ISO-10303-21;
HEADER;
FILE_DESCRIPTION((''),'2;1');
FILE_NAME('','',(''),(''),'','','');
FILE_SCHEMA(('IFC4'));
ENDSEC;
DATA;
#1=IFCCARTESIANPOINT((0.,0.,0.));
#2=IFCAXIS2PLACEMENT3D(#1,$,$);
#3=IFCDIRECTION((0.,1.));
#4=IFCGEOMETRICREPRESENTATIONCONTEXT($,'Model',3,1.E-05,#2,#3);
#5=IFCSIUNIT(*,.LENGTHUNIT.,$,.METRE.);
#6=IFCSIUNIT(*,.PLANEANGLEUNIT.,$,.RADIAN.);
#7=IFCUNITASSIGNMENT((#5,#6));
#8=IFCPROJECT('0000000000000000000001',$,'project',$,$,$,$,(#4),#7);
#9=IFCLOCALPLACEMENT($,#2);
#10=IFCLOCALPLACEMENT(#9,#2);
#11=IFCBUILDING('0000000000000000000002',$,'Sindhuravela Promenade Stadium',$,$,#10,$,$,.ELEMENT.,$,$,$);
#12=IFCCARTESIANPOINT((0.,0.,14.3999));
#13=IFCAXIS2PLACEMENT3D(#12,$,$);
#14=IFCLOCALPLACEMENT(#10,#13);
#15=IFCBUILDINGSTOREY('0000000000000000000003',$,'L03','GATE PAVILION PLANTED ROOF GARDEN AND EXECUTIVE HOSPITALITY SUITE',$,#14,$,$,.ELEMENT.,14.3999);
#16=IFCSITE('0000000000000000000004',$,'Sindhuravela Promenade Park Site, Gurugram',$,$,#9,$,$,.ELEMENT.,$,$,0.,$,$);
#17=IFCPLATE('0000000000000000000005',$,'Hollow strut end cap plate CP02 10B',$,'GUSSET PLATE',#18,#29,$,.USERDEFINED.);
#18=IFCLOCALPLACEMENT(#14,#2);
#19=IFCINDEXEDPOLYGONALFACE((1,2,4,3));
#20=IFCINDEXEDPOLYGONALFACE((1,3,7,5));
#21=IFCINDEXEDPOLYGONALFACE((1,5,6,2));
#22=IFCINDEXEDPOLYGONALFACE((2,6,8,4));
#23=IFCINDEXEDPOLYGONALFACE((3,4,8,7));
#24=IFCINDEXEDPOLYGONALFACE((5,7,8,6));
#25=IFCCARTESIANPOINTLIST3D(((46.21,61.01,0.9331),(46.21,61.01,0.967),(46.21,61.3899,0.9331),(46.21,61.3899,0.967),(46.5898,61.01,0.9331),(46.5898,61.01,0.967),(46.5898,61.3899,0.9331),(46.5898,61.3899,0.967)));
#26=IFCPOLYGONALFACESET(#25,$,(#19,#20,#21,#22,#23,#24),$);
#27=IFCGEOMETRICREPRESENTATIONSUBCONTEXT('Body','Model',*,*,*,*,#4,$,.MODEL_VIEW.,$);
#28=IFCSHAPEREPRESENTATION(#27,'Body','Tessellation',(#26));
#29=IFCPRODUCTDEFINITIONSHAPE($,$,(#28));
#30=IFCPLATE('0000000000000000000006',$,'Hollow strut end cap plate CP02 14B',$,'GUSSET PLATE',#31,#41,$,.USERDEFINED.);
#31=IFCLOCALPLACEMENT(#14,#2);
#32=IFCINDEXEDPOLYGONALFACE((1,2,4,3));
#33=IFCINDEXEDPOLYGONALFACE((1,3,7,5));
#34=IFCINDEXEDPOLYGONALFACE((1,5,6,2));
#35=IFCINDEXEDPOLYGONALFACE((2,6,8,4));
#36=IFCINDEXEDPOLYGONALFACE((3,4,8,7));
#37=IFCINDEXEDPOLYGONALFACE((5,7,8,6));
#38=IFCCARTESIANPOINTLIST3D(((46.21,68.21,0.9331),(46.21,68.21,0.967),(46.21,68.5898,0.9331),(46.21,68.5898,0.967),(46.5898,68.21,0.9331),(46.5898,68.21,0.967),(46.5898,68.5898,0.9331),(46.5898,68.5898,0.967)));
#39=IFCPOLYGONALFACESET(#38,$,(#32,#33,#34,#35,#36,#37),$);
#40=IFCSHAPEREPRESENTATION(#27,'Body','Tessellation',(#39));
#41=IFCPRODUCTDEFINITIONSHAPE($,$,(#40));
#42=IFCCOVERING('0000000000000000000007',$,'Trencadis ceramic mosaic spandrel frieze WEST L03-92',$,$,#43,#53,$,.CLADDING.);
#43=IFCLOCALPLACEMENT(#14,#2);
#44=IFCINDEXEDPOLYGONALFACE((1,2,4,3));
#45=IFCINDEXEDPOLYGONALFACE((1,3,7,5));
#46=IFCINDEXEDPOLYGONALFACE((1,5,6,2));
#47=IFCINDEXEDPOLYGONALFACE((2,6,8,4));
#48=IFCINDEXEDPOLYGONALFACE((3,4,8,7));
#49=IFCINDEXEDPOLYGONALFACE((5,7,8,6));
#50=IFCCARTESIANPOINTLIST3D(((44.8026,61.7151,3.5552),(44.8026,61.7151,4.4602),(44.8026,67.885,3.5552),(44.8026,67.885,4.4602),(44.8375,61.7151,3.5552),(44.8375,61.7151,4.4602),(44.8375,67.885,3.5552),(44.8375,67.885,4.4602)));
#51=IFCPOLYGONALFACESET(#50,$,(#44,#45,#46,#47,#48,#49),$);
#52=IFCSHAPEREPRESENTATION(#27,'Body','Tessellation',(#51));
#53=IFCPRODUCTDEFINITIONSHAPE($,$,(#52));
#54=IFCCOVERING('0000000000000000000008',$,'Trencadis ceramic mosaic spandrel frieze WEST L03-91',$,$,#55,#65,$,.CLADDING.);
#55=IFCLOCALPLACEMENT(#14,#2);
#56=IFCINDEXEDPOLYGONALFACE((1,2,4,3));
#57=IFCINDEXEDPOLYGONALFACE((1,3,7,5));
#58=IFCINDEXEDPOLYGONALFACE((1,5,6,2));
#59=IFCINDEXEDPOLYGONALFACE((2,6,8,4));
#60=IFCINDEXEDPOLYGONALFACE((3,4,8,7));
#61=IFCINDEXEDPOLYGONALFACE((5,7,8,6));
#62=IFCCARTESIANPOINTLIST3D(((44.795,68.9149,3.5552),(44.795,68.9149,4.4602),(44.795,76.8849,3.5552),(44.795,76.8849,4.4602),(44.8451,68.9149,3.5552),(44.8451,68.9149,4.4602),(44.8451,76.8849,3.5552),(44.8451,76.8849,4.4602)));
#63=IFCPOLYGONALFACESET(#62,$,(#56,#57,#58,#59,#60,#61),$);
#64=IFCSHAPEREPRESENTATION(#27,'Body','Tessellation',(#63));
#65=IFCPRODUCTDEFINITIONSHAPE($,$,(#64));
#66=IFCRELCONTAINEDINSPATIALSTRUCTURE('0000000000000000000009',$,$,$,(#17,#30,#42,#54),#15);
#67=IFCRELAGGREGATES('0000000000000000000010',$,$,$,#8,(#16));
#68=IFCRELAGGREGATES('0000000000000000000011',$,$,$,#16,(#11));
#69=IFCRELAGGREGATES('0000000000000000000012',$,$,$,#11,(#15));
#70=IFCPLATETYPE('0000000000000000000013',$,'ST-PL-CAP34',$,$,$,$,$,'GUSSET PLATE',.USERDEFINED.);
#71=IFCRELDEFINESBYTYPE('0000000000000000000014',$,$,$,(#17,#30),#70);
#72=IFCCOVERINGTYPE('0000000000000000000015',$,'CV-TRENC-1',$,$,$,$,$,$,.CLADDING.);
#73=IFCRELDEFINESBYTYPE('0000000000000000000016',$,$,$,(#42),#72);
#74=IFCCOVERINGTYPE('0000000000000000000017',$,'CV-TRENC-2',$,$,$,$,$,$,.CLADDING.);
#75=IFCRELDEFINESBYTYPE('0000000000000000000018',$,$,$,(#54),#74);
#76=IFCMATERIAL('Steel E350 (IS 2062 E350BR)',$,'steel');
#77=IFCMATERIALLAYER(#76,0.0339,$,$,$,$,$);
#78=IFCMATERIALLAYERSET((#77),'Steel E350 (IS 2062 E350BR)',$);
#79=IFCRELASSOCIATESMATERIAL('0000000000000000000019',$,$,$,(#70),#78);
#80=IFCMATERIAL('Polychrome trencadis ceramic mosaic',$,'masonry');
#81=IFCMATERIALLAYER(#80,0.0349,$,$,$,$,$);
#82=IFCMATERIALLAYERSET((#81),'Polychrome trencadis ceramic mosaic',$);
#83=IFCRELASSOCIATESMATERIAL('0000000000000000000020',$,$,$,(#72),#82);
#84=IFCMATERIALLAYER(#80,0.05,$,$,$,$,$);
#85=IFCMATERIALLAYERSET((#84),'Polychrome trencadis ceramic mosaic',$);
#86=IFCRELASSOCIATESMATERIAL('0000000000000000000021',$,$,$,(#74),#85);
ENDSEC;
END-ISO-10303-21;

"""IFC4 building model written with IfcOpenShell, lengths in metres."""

from ifc_helpers import new_model, si_unit, direction, frame, origin, origin_2d, place, context, subcontext, project, spatial, rectangle, extrude, material, layer, layer_set, type_object, element, save


model = new_model("IFC4")

# Units and contexts
model_context = context("Model", 3, precision=1e-05, world=origin(), true_north=direction((0.0, 1.0)))
body_context = subcontext(model_context, "Body", "Model", "MODEL_VIEW")
ifc_project = project(units=[si_unit("LENGTHUNIT", "METRE"), si_unit("PLANEANGLEUNIT", "RADIAN")], contexts=[model_context])

# Site, building, storey
site_placement = place(None, origin())
site = spatial("IfcSite", under=ifc_project, at=site_placement, Name="Sindhuravela Promenade Park Site, Gurugram", CompositionType="ELEMENT", RefElevation=0.0)
building_placement = place(site_placement, origin())
building = spatial("IfcBuilding", under=site, at=building_placement, Name="Sindhuravela Promenade Stadium", CompositionType="ELEMENT")
storey_placement = place(building_placement, frame((0.0, 0.0, 14.3999)))
storey = spatial("IfcBuildingStorey", under=building, at=storey_placement, Name="L03", Description="GATE PAVILION PLANTED ROOF GARDEN AND EXECUTIVE HOSPITALITY SUITE", CompositionType="ELEMENT", Elevation=14.3999)

# Shared definitions
ifc_material_1 = material(Name="Steel E350 (IS 2062 E350BR)", Category="steel")

# Plates
ifc_layer_1 = layer(ifc_material_1, 0.0339)
ifc_layer_set_1 = layer_set([ifc_layer_1], Name="Steel E350 (IS 2062 E350BR)")
plate_type_1 = type_object("IfcPlateType", Name="ST-PL-CAP34", ElementType="GUSSET PLATE", PredefinedType="USERDEFINED", material=ifc_layer_set_1)
for number, where, z_axis, x_axis, name in (
    (1, (46.3999, 61.2, 0.9331), (0.0, 0.0, 1.0), (1.0, 0.0, 0.0), "Hollow strut end cap plate CP02 10B"),
    (2, (46.3999, 68.3999, 0.9331), (0.0, 0.0, 1.0), (1.0, 0.0, 0.0), "Hollow strut end cap plate CP02 14B"),
):
    element("IfcPlate", number, at=place(storey_placement, frame(where, z_axis=z_axis, x_axis=x_axis)), inside=storey, type_object=plate_type_1, Name=name, ObjectType="GUSSET PLATE", PredefinedType="USERDEFINED", context=body_context, shape_type="SweptSolid", body=[
        extrude(rectangle(XDim=0.3799, YDim=0.3799, at=origin_2d()), origin(), (0.0, 0.0, 1.0), 0.0339),
    ])

# Coverings
ifc_material_2 = material(Name="Polychrome trencadis ceramic mosaic", Category="masonry")
ifc_layer_2 = layer(ifc_material_2, 0.0349)
ifc_layer_set_2 = layer_set([ifc_layer_2], Name="Polychrome trencadis ceramic mosaic")
covering_type_1 = type_object("IfcCoveringType", Name="CV-TRENC-1", PredefinedType="CLADDING", material=ifc_layer_set_2)
covering_1_placement = place(storey_placement, frame((44.8201, 64.8, 3.5552), z_axis=(0.0, 0.0, 1.0), x_axis=(0.0, -1.0, 0.0)))
element("IfcCovering", 3, at=covering_1_placement, inside=storey, type_object=covering_type_1, Name="Trencadis ceramic mosaic spandrel frieze WEST L03-92", PredefinedType="CLADDING", context=body_context, shape_type="SweptSolid", body=[
    extrude(rectangle(XDim=6.1699, YDim=0.0349, at=origin_2d()), origin(), (0.0, 0.0, 1.0), 0.905),
])
ifc_layer_3 = layer(ifc_material_2, 0.05)
ifc_layer_set_3 = layer_set([ifc_layer_3], Name="Polychrome trencadis ceramic mosaic")
covering_type_2 = type_object("IfcCoveringType", Name="CV-TRENC-2", PredefinedType="CLADDING", material=ifc_layer_set_3)
covering_2_placement = place(storey_placement, frame((44.8201, 72.8999, 3.5552), z_axis=(0.0, 0.0, 1.0), x_axis=(0.0, -1.0, 0.0)))
element("IfcCovering", 4, at=covering_2_placement, inside=storey, type_object=covering_type_2, Name="Trencadis ceramic mosaic spandrel frieze WEST L03-91", PredefinedType="CLADDING", context=body_context, shape_type="SweptSolid", body=[
    extrude(rectangle(XDim=7.97, YDim=0.05, at=origin_2d()), origin(), (0.0, 0.0, 1.0), 0.905),
])

save(model, "model.ifc")
